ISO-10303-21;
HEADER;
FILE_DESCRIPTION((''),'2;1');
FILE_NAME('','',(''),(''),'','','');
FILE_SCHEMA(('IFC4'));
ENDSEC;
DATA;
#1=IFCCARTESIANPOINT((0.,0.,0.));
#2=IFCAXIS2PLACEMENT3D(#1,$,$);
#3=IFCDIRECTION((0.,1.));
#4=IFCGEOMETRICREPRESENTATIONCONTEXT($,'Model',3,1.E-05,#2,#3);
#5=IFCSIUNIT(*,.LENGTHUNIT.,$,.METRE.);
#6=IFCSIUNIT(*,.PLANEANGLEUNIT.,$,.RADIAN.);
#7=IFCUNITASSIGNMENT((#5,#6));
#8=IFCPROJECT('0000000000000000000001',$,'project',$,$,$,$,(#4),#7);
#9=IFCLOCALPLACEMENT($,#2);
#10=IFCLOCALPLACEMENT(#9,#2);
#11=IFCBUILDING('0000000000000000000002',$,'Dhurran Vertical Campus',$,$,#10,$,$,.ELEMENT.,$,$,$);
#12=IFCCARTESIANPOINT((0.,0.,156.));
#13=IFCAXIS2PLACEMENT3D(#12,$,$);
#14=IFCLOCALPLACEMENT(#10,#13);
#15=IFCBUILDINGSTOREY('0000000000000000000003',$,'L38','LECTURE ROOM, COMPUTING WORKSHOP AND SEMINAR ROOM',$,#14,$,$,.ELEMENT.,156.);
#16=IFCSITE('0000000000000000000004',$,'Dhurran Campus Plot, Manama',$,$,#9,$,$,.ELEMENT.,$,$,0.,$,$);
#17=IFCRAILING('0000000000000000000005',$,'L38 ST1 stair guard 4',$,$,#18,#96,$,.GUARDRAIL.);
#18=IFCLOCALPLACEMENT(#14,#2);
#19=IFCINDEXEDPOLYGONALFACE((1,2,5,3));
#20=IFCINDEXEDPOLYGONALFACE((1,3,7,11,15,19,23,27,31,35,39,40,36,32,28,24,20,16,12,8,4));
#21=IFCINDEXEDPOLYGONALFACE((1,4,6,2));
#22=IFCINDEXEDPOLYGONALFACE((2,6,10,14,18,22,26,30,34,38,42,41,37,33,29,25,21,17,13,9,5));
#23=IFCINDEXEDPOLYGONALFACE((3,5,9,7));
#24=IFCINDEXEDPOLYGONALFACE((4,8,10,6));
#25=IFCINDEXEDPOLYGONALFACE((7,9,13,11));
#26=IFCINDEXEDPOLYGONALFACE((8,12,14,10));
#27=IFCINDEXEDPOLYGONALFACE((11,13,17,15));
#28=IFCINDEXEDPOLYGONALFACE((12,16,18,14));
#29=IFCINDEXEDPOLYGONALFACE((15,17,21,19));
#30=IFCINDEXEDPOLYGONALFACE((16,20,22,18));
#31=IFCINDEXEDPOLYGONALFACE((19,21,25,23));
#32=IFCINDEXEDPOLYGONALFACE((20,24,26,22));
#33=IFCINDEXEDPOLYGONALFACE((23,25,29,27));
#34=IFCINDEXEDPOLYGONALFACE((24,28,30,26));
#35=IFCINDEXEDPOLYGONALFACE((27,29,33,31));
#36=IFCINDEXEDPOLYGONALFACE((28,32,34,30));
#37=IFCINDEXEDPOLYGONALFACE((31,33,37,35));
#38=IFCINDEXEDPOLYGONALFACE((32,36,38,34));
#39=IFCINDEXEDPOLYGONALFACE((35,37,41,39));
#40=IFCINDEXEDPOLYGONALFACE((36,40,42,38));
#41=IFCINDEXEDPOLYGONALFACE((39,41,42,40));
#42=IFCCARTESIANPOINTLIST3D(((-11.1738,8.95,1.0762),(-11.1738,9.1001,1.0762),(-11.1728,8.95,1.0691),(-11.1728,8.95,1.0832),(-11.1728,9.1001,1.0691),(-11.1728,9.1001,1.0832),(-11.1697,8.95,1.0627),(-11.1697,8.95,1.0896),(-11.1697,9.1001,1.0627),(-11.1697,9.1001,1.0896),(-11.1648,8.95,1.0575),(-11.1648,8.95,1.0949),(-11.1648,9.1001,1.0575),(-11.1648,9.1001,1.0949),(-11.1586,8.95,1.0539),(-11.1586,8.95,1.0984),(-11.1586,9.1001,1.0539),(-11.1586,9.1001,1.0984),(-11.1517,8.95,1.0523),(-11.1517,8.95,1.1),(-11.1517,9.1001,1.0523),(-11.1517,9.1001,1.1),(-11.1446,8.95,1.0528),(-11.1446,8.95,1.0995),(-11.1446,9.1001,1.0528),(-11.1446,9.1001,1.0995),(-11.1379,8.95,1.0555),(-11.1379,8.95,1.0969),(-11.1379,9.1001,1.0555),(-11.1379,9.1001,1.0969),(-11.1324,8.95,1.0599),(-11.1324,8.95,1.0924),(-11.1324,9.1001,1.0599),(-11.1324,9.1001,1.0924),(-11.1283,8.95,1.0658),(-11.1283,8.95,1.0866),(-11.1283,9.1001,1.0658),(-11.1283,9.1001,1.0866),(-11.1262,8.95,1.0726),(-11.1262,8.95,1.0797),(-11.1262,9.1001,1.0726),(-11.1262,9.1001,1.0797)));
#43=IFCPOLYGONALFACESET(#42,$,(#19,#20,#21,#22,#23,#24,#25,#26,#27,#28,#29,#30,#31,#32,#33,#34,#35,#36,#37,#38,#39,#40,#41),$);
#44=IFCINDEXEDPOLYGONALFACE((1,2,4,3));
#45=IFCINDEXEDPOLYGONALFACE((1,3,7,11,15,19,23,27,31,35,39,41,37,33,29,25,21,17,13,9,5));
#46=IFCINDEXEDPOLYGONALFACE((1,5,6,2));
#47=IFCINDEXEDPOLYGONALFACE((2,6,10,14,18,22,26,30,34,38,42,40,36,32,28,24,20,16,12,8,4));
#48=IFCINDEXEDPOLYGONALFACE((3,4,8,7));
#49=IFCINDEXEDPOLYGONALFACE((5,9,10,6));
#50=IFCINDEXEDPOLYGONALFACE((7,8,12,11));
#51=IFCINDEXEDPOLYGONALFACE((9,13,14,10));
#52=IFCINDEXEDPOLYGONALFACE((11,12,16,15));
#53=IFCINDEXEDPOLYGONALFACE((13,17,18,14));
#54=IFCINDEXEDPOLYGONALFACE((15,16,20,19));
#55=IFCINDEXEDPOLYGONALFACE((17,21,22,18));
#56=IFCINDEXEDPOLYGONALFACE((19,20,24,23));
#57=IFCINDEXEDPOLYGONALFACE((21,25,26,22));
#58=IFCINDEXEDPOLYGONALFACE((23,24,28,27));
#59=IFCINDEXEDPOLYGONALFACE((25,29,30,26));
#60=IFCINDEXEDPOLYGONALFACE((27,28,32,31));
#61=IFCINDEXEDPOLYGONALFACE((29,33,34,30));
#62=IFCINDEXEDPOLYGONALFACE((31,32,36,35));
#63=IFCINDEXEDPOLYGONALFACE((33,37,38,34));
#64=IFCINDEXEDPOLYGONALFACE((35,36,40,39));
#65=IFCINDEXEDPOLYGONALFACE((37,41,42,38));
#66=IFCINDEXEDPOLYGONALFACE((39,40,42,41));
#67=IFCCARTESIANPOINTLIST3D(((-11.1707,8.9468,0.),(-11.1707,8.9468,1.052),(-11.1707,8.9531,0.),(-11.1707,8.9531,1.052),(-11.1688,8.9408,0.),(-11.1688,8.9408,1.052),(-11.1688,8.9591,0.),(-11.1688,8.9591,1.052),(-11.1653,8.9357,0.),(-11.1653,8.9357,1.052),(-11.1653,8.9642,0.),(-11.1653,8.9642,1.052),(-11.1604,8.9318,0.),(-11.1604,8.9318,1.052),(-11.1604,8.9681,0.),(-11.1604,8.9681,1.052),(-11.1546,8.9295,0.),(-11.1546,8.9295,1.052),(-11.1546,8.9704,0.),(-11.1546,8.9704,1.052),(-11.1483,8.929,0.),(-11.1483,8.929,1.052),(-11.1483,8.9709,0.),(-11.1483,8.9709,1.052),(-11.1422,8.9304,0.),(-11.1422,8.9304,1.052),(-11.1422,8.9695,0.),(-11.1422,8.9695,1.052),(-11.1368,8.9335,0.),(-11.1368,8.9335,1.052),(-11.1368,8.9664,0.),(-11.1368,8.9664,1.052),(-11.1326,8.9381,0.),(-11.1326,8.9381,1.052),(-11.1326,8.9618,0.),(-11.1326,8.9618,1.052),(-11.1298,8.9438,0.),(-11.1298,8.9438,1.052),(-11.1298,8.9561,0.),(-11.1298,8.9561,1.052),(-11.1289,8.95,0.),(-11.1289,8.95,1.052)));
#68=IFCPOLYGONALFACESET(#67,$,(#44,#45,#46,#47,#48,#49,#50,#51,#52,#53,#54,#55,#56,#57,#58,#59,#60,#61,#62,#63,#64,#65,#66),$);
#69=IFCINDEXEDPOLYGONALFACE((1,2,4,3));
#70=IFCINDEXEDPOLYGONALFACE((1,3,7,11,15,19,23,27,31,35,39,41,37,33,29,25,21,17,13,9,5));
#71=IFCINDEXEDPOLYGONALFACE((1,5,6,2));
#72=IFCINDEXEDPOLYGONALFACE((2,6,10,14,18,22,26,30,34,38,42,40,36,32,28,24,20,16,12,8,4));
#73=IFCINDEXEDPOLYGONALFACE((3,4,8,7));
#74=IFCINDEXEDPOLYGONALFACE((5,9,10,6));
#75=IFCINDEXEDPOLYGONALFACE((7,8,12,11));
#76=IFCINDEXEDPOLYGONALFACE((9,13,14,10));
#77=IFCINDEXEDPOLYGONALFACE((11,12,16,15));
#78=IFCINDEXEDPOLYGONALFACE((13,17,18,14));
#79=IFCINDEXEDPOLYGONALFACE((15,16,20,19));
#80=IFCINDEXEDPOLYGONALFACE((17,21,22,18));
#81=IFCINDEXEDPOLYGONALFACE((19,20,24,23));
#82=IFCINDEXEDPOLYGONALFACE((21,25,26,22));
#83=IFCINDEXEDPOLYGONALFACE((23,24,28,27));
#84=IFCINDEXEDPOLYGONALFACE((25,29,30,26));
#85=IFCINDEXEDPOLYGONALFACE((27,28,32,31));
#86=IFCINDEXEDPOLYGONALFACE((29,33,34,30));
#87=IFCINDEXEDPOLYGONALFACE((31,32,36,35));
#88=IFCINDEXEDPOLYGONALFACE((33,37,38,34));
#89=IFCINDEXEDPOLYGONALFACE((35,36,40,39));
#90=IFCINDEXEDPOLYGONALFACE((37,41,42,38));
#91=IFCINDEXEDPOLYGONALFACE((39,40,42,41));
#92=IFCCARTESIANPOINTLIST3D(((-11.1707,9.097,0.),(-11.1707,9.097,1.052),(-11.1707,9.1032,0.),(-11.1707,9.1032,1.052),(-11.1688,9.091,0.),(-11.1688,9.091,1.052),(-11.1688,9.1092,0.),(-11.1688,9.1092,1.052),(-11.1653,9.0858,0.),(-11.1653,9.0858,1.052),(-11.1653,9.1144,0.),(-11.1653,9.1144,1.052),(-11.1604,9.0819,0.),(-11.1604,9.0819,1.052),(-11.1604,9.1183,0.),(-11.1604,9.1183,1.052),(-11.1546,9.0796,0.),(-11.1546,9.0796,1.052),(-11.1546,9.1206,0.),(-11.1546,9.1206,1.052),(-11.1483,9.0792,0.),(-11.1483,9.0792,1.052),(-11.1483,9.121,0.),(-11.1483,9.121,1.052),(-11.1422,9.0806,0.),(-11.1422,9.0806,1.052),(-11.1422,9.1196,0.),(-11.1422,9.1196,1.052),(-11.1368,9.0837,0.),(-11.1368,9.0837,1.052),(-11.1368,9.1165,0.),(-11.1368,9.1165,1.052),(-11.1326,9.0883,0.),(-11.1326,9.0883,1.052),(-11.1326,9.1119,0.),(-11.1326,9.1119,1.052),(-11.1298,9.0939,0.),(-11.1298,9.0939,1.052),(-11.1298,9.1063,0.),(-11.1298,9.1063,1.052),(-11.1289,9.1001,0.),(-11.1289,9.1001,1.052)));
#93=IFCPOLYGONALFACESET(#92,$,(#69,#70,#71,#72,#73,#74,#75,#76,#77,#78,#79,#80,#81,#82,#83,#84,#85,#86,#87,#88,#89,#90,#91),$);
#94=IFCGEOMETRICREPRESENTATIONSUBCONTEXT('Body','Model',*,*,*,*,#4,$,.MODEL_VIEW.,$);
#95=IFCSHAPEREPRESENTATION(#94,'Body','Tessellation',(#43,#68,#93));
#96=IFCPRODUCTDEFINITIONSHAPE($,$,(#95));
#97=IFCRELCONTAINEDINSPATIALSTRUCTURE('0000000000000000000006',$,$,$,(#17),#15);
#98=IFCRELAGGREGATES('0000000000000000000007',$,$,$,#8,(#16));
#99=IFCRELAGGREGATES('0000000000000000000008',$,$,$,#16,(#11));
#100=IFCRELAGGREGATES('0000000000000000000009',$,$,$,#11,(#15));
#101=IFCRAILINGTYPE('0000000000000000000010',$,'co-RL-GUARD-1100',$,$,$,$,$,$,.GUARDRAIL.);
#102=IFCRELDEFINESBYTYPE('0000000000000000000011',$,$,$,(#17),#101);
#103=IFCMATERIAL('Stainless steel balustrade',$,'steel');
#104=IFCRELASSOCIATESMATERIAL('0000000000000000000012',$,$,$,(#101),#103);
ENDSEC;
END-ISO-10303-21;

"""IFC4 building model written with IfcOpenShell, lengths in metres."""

from ifc_helpers import new_model, si_unit, direction, frame, origin, origin_2d, place, context, subcontext, project, spatial, circle, extrude, material, type_object, element, save


model = new_model("IFC4")

# Units and contexts
model_context = context("Model", 3, precision=1e-05, world=origin(), true_north=direction((0.0, 1.0)))
body_context = subcontext(model_context, "Body", "Model", "MODEL_VIEW")
ifc_project = project(units=[si_unit("LENGTHUNIT", "METRE"), si_unit("PLANEANGLEUNIT", "RADIAN")], contexts=[model_context])

# Site, building, storey
site_placement = place(None, origin())
site = spatial("IfcSite", under=ifc_project, at=site_placement, Name="Dhurran Campus Plot, Manama", CompositionType="ELEMENT", RefElevation=0.0)
building_placement = place(site_placement, origin())
building = spatial("IfcBuilding", under=site, at=building_placement, Name="Dhurran Vertical Campus", CompositionType="ELEMENT")
storey_placement = place(building_placement, frame((0.0, 0.0, 156.0)))
storey = spatial("IfcBuildingStorey", under=building, at=storey_placement, Name="L38", Description="LECTURE ROOM, COMPUTING WORKSHOP AND SEMINAR ROOM", CompositionType="ELEMENT", Elevation=156.0)

# Railing
ifc_material_1 = material(Name="Stainless steel balustrade", Category="steel")
railing_type_1 = type_object("IfcRailingType", Name="co-RL-GUARD-1100", PredefinedType="GUARDRAIL", material=ifc_material_1)
railing_1_placement = place(storey_placement, frame((-11.1499, 8.95, 0.0)))
element("IfcRailing", 1, at=railing_1_placement, inside=storey, type_object=railing_type_1, Name="L38 ST1 stair guard 4", PredefinedType="GUARDRAIL", context=body_context, shape_type="SweptSolid", body=[
    extrude(circle(Radius=0.0239, at=origin_2d()), frame((0.0, 0.0, 1.0762), z_axis=(0.0, 1.0, 0.0), x_axis=(-1.0, 0.0, 0.0)), (0.0, 0.0, 1.0), 0.1501),
    extrude(circle(Radius=0.021, at=origin_2d()), origin(), (0.0, 0.0, 1.0), 1.052),
    extrude(circle(Radius=0.021, at=origin_2d()), frame((0.0, 0.1501, 0.0)), (0.0, 0.0, 1.0), 1.052),
])

save(model, "model.ifc")
